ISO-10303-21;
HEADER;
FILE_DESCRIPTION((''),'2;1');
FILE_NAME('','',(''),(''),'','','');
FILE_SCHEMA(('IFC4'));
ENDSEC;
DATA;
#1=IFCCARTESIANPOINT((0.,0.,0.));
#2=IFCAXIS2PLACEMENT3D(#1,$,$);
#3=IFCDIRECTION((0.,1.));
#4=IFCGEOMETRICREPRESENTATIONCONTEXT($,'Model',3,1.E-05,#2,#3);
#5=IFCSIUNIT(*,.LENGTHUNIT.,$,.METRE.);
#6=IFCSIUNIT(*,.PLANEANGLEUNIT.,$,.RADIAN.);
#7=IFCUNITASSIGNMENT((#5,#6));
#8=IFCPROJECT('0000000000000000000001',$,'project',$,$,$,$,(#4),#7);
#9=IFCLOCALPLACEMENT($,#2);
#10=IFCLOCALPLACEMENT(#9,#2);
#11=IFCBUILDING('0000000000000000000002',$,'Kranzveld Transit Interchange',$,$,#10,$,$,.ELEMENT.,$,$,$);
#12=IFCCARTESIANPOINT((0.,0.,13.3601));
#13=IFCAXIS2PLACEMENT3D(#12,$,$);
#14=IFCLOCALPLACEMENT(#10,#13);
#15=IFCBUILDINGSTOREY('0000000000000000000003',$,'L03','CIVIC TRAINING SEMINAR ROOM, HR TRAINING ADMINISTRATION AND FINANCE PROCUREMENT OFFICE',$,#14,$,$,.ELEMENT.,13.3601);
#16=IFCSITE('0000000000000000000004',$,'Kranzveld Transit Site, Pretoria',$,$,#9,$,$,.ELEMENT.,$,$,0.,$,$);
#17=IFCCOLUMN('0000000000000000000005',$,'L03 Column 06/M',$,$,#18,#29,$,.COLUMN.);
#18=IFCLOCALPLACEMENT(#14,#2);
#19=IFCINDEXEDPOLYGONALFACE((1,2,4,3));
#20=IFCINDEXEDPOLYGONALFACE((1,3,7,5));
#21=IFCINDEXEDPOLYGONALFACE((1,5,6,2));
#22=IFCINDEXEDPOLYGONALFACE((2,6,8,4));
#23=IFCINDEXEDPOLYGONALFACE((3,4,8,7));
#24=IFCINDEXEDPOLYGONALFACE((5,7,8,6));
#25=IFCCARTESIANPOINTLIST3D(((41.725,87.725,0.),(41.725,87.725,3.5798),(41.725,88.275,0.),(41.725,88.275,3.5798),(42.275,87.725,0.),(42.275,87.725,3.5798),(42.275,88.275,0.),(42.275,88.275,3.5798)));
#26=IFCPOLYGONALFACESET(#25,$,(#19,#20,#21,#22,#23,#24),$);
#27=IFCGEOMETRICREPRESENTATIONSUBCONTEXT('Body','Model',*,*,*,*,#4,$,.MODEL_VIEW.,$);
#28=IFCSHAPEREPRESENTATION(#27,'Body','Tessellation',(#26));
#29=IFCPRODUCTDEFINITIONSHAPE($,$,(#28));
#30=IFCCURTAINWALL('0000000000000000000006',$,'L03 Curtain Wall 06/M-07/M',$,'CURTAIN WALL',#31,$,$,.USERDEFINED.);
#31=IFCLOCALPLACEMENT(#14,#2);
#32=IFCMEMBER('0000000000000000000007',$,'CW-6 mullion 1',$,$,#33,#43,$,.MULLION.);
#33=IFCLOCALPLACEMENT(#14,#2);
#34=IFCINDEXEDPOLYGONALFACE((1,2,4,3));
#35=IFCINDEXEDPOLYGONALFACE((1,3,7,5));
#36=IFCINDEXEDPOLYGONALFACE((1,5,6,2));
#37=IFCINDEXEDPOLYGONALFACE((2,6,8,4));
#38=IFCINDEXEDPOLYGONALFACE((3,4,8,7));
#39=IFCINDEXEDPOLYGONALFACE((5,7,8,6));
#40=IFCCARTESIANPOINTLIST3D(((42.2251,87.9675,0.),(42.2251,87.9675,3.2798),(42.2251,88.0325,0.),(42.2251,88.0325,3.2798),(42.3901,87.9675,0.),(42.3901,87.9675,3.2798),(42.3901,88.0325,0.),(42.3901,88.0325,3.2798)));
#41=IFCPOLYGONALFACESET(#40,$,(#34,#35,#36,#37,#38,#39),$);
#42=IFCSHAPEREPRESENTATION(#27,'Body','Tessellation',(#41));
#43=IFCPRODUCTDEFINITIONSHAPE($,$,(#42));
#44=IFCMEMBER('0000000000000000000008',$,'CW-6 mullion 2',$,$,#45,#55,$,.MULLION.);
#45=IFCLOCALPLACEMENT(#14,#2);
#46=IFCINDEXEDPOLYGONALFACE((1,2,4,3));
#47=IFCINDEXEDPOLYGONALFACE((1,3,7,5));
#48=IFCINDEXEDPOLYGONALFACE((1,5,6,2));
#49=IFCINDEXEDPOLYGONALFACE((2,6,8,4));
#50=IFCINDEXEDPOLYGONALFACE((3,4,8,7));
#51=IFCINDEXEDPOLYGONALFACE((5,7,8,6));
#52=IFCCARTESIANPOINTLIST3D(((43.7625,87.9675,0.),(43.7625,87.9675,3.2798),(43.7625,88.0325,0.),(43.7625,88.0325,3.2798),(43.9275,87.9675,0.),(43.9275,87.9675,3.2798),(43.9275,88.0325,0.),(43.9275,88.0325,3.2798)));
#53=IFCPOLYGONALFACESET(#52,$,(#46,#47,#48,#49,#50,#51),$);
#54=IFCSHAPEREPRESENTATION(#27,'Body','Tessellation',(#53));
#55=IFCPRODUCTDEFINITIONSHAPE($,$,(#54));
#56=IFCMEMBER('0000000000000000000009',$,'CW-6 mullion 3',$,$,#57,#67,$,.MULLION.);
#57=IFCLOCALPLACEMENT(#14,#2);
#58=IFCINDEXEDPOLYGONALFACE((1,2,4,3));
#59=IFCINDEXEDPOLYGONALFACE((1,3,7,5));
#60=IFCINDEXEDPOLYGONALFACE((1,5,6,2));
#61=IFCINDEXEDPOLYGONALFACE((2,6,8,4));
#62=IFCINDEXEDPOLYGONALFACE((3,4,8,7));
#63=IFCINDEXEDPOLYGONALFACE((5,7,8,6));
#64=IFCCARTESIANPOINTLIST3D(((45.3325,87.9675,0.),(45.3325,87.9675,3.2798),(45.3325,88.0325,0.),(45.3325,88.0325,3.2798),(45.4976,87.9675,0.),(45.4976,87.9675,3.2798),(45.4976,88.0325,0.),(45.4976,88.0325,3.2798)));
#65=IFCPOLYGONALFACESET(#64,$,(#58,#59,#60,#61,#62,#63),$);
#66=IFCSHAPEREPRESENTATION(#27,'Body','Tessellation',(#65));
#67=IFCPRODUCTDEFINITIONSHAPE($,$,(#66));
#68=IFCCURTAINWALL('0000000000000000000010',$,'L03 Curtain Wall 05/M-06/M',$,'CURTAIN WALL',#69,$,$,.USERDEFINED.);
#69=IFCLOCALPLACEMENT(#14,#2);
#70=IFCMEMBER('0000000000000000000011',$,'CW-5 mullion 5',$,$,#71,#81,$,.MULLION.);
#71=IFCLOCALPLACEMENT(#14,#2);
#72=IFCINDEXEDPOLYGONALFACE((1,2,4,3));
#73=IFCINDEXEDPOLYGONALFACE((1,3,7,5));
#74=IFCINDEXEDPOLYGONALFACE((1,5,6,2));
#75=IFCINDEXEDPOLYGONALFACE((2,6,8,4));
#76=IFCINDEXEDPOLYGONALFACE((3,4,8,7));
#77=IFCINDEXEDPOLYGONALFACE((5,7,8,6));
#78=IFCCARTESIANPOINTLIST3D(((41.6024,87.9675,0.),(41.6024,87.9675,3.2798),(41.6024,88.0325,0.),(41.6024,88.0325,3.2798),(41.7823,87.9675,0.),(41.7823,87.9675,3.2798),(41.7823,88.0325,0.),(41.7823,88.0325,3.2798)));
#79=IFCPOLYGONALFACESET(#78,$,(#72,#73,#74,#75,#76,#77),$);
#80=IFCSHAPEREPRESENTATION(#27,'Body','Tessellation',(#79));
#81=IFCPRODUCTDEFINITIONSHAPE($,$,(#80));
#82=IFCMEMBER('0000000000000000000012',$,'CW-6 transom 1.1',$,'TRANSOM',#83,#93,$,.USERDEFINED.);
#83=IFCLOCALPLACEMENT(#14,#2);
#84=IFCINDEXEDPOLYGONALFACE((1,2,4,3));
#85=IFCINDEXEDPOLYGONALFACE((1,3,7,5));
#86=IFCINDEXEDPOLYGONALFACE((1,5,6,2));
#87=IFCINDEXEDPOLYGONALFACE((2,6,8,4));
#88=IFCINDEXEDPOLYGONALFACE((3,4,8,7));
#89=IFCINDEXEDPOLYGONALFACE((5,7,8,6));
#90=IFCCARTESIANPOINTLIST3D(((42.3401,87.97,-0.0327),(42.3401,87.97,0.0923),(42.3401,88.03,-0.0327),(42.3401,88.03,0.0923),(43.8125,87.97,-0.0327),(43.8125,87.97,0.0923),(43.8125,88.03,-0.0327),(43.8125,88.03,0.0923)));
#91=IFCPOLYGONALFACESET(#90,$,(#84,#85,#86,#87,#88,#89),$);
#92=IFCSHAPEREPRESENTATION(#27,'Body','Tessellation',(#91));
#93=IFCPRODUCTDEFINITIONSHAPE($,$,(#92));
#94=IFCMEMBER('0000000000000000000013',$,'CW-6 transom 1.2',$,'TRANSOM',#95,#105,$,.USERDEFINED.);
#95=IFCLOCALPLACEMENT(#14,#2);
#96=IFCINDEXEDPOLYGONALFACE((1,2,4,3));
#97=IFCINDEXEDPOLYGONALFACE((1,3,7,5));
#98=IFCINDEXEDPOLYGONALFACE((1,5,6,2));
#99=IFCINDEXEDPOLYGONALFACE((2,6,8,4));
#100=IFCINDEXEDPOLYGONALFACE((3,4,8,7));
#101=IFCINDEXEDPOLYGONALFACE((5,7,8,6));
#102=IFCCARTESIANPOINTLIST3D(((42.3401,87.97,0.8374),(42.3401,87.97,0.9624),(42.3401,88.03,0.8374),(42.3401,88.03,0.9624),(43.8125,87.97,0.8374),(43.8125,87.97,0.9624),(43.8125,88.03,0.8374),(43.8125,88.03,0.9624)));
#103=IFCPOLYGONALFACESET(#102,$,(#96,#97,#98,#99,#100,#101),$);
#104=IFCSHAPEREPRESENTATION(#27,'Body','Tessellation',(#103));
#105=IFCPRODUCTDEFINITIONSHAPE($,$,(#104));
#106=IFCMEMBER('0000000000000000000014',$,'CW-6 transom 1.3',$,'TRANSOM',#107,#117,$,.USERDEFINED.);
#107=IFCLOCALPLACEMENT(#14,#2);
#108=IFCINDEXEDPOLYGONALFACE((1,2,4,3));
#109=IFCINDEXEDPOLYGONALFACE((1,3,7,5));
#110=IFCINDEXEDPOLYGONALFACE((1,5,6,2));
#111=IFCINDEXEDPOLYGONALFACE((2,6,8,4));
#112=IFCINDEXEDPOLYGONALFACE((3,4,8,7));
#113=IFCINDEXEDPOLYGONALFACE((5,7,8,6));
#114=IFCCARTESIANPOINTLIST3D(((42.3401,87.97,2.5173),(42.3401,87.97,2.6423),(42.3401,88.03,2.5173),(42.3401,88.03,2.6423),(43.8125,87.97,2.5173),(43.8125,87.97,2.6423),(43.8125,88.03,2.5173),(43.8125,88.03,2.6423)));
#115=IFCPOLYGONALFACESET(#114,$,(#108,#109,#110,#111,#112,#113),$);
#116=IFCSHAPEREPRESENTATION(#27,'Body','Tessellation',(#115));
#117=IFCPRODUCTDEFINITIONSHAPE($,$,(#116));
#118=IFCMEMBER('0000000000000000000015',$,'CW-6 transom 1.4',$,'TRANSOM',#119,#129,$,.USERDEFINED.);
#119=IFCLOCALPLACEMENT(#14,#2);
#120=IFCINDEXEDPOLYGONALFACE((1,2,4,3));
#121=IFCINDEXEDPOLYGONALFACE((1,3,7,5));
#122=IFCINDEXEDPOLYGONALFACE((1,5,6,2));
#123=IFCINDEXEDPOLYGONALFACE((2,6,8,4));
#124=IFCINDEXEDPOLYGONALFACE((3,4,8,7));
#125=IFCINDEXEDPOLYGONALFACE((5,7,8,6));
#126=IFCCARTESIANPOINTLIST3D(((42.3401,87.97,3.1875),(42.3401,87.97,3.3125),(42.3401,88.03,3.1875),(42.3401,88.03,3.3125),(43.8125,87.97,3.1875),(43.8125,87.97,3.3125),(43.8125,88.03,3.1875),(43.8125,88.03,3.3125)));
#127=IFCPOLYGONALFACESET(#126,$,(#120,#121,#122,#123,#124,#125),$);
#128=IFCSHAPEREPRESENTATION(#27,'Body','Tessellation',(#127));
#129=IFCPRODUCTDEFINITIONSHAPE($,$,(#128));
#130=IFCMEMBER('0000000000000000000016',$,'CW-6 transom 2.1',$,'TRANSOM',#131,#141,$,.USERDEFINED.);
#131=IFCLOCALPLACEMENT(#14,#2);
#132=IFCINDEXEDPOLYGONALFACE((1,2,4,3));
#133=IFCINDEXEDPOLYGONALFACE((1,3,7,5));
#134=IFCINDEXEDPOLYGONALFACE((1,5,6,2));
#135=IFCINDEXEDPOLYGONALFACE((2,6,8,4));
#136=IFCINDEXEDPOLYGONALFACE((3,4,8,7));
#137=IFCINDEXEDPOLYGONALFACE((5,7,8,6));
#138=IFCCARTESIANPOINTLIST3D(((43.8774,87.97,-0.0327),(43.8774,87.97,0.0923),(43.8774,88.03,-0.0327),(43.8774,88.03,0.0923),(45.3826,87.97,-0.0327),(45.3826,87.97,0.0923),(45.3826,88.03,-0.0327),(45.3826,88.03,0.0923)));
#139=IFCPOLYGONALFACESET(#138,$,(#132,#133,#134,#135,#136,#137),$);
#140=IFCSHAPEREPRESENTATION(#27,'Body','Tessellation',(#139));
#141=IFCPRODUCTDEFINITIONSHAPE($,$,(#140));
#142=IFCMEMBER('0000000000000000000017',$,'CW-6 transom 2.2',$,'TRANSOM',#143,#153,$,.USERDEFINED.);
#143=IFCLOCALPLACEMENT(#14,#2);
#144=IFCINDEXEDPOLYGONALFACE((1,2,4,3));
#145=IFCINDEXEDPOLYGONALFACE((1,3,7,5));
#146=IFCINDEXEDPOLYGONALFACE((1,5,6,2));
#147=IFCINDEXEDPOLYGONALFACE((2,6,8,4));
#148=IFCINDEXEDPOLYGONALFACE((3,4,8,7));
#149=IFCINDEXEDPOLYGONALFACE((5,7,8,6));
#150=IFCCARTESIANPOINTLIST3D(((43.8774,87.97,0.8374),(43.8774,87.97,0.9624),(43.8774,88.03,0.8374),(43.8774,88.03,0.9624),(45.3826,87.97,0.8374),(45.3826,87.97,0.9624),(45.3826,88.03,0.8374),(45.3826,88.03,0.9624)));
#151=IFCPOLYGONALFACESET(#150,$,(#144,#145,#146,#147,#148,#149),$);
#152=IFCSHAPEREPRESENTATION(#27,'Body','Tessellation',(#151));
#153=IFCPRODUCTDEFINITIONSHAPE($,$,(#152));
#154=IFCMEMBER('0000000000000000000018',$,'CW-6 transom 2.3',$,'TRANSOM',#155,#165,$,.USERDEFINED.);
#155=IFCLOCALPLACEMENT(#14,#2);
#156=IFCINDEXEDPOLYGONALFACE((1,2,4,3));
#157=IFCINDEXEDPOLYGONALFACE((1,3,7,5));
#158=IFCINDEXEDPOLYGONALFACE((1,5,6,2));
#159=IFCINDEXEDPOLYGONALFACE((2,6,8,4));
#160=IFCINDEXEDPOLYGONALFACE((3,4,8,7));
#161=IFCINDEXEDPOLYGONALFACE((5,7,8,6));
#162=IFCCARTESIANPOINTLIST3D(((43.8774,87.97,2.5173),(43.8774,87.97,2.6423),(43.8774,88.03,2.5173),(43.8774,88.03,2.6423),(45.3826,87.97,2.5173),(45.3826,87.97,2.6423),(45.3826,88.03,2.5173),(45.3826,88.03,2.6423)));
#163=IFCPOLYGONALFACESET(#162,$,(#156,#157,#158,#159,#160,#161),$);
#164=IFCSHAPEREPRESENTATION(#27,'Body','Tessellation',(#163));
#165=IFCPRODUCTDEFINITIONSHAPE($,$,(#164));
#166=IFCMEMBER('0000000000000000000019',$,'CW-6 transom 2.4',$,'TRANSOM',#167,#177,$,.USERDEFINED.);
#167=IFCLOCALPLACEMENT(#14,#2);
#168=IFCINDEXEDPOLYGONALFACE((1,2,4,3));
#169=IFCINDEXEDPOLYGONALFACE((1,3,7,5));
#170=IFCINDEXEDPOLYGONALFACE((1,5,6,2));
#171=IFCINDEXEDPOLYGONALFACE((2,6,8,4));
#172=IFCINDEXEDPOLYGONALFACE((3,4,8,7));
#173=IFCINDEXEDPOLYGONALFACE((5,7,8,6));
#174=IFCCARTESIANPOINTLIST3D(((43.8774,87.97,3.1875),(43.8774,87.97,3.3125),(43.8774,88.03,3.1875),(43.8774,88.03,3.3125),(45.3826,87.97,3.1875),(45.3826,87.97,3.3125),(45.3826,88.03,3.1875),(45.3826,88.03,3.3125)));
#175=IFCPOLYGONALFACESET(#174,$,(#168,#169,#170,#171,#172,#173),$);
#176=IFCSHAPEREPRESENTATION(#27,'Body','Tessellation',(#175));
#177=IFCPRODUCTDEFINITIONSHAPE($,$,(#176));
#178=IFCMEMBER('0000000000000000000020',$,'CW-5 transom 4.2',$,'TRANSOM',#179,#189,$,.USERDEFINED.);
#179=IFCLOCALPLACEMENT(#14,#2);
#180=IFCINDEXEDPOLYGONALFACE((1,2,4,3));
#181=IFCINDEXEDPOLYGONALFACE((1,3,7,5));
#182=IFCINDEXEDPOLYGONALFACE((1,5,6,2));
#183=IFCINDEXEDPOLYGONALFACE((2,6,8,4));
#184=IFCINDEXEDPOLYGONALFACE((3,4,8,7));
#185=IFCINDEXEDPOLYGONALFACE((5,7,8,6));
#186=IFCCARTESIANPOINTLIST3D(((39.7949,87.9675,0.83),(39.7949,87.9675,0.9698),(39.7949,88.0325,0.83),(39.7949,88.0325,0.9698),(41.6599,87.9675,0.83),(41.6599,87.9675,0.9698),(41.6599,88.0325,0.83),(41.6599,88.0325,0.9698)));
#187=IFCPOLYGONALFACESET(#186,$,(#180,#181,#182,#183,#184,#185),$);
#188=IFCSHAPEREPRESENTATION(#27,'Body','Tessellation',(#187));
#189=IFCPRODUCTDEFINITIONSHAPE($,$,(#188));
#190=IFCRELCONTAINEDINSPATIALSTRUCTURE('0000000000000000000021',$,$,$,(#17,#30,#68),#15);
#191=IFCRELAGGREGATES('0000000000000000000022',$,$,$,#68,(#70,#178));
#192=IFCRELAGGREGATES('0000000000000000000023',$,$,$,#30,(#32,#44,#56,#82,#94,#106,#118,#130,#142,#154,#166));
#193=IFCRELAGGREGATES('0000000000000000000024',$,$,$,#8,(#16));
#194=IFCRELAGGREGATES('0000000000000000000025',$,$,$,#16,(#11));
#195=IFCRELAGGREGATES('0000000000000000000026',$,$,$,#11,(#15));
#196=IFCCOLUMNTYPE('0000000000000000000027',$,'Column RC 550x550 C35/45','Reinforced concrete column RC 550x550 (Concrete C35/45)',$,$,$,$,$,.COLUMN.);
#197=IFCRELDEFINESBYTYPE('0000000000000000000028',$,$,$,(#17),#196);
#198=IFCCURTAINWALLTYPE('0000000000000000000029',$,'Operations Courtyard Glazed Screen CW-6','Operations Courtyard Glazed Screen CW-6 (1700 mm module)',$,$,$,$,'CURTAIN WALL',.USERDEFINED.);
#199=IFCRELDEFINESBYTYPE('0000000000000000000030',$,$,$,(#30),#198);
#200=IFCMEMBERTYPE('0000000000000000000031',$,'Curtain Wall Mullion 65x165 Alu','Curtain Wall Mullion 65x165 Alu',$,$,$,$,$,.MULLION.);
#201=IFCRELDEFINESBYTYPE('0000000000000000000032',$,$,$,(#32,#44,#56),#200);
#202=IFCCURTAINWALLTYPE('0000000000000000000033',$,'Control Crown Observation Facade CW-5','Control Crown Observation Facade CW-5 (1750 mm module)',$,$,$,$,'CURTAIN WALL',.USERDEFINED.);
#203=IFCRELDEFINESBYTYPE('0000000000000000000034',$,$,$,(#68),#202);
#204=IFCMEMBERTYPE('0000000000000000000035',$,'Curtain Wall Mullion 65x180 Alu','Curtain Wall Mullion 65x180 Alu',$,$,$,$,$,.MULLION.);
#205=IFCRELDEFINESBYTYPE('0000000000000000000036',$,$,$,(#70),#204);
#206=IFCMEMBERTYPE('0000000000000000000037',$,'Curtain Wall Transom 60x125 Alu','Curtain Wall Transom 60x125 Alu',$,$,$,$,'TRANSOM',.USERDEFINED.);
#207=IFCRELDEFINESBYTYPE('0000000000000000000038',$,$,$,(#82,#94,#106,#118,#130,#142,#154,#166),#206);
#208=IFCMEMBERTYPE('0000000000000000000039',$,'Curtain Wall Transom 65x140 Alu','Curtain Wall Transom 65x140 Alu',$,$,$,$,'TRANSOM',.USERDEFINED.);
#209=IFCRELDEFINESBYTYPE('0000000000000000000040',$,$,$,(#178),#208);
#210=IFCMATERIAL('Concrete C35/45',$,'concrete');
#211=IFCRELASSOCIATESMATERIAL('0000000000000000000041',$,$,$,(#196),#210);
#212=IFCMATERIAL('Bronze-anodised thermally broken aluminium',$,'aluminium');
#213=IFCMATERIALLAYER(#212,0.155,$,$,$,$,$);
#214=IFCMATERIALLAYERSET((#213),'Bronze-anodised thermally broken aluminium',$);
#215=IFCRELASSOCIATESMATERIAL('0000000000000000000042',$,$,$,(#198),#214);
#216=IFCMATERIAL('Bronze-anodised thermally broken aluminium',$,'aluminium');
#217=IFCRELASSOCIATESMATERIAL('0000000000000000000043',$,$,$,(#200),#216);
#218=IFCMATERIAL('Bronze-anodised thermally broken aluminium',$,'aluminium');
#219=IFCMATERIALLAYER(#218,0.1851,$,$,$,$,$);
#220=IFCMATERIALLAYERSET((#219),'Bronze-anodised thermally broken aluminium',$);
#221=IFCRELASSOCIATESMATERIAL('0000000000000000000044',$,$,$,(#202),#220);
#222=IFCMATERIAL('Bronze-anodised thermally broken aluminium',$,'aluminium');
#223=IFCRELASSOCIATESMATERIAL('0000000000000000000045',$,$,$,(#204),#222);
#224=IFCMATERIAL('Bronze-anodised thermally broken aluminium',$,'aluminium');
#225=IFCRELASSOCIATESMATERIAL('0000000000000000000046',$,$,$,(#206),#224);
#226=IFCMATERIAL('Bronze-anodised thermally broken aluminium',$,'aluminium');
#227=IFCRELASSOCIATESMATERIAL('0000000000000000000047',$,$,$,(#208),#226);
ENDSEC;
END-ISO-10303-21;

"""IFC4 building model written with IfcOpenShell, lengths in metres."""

from ifc_helpers import new_model, si_unit, direction, frame, origin, origin_2d, place, context, subcontext, project, spatial, rectangle, extrude, material, layer, layer_set, material_profile, profile_set, type_object, element, aggregate, save


model = new_model("IFC4")

# Units and contexts
model_context = context("Model", 3, precision=1e-05, world=origin(), true_north=direction((0.0, 1.0)))
body_context = subcontext(model_context, "Body", "Model", "MODEL_VIEW")
ifc_project = project(units=[si_unit("LENGTHUNIT", "METRE"), si_unit("PLANEANGLEUNIT", "RADIAN")], contexts=[model_context])

# Site, building, storey
site_placement = place(None, origin())
site = spatial("IfcSite", under=ifc_project, at=site_placement, Name="Kranzveld Transit Site, Pretoria", CompositionType="ELEMENT", RefElevation=0.0)
building_placement = place(site_placement, origin())
building = spatial("IfcBuilding", under=site, at=building_placement, Name="Kranzveld Transit Interchange", CompositionType="ELEMENT")
storey_placement = place(building_placement, frame((0.0, 0.0, 13.3601)))
storey = spatial("IfcBuildingStorey", under=building, at=storey_placement, Name="L03", Description="CIVIC TRAINING SEMINAR ROOM, HR TRAINING ADMINISTRATION AND FINANCE PROCUREMENT OFFICE", CompositionType="ELEMENT", Elevation=13.3601)

# Column
ifc_material_1 = material(Name="Concrete C35/45", Category="concrete")
ifc_material_profile_1 = material_profile(ifc_material_1, rectangle(XDim=0.55, YDim=0.55, at=origin_2d()), Name="RC 550x550")
ifc_profile_set_1 = profile_set([ifc_material_profile_1], Name="Concrete C35/45")
column_type = type_object("IfcColumnType", Name="Column RC 550x550 C35/45", Description="Reinforced concrete column RC 550x550 (Concrete C35/45)", PredefinedType="COLUMN", material=ifc_profile_set_1)
column_placement = place(storey_placement, frame((42.0, 88.0, 0.0), z_axis=(0.0, 0.0, 1.0), x_axis=(1.0, 0.0, 0.0)))
element("IfcColumn", 1, at=column_placement, inside=storey, type_object=column_type, Name="L03 Column 06/M", PredefinedType="COLUMN", context=body_context, shape_type="SweptSolid", body=[
    extrude(rectangle(XDim=0.55, YDim=0.55, at=origin_2d()), origin(), (0.0, 0.0, 1.0), 3.5798),
])

# Curtain wall, members
ifc_material_2 = material(Name="Bronze-anodised thermally broken aluminium", Category="aluminium")
ifc_layer_1 = layer(ifc_material_2, 0.155)
ifc_layer_set_1 = layer_set([ifc_layer_1], Name="Bronze-anodised thermally broken aluminium")
curtain_wall_type_1 = type_object("IfcCurtainWallType", Name="Operations Courtyard Glazed Screen CW-6", Description="Operations Courtyard Glazed Screen CW-6 (1700 mm module)", ElementType="CURTAIN WALL", PredefinedType="USERDEFINED", material=ifc_layer_set_1)
curtain_wall_1_placement = place(storey_placement, origin())
curtain_wall_1 = element("IfcCurtainWall", 2, at=curtain_wall_1_placement, inside=storey, type_object=curtain_wall_type_1, Name="L03 Curtain Wall 06/M-07/M", ObjectType="CURTAIN WALL", PredefinedType="USERDEFINED")
ifc_material_3 = material(Name="Bronze-anodised thermally broken aluminium", Category="aluminium")
ifc_material_profile_2 = material_profile(ifc_material_3, rectangle(XDim=0.0649, YDim=0.165, at=origin_2d()), Name="ALU MULLION 65x165")
ifc_profile_set_2 = profile_set([ifc_material_profile_2], Name="Bronze-anodised thermally broken aluminium")
member_type_1 = type_object("IfcMemberType", Name="Curtain Wall Mullion 65x165 Alu", Description="Curtain Wall Mullion 65x165 Alu", PredefinedType="MULLION", material=ifc_profile_set_2)
member_1_placement = place(storey_placement, frame((42.3076, 88.0, 0.0), z_axis=(0.0, 0.0, 1.0), x_axis=(0.0, 1.0, 0.0)))
member_1 = element("IfcMember", 3, at=member_1_placement, type_object=member_type_1, Name="CW-6 mullion 1", PredefinedType="MULLION", context=body_context, shape_type="SweptSolid", body=[
    extrude(rectangle(XDim=0.0649, YDim=0.165, at=origin_2d()), origin(), (0.0, 0.0, 1.0), 3.2798),
])
member_2_placement = place(storey_placement, frame((43.845, 88.0, 0.0), z_axis=(0.0, 0.0, 1.0), x_axis=(0.0, 1.0, 0.0)))
member_2 = element("IfcMember", 4, at=member_2_placement, type_object=member_type_1, Name="CW-6 mullion 2", PredefinedType="MULLION", context=body_context, shape_type="SweptSolid", body=[
    extrude(rectangle(XDim=0.0649, YDim=0.165, at=origin_2d()), origin(), (0.0, 0.0, 1.0), 3.2798),
])
member_3_placement = place(storey_placement, frame((45.415, 88.0, 0.0), z_axis=(0.0, 0.0, 1.0), x_axis=(0.0, 1.0, 0.0)))
member_3 = element("IfcMember", 5, at=member_3_placement, type_object=member_type_1, Name="CW-6 mullion 3", PredefinedType="MULLION", context=body_context, shape_type="SweptSolid", body=[
    extrude(rectangle(XDim=0.0649, YDim=0.165, at=origin_2d()), origin(), (0.0, 0.0, 1.0), 3.2798),
])

# Curtain wall, member
ifc_material_4 = material(Name="Bronze-anodised thermally broken aluminium", Category="aluminium")
ifc_layer_2 = layer(ifc_material_4, 0.1851)
ifc_layer_set_2 = layer_set([ifc_layer_2], Name="Bronze-anodised thermally broken aluminium")
curtain_wall_type_2 = type_object("IfcCurtainWallType", Name="Control Crown Observation Facade CW-5", Description="Control Crown Observation Facade CW-5 (1750 mm module)", ElementType="CURTAIN WALL", PredefinedType="USERDEFINED", material=ifc_layer_set_2)
curtain_wall_2_placement = place(storey_placement, origin())
curtain_wall_2 = element("IfcCurtainWall", 6, at=curtain_wall_2_placement, inside=storey, type_object=curtain_wall_type_2, Name="L03 Curtain Wall 05/M-06/M", ObjectType="CURTAIN WALL", PredefinedType="USERDEFINED")
ifc_material_5 = material(Name="Bronze-anodised thermally broken aluminium", Category="aluminium")
ifc_material_profile_3 = material_profile(ifc_material_5, rectangle(XDim=0.0649, YDim=0.1799, at=origin_2d()), Name="ALU MULLION 65x180")
ifc_profile_set_3 = profile_set([ifc_material_profile_3], Name="Bronze-anodised thermally broken aluminium")
member_type_2 = type_object("IfcMemberType", Name="Curtain Wall Mullion 65x180 Alu", Description="Curtain Wall Mullion 65x180 Alu", PredefinedType="MULLION", material=ifc_profile_set_3)
member_4_placement = place(storey_placement, frame((41.6924, 88.0, 0.0), z_axis=(0.0, 0.0, 1.0), x_axis=(0.0, 1.0, 0.0)))
member_4 = element("IfcMember", 7, at=member_4_placement, type_object=member_type_2, Name="CW-5 mullion 5", PredefinedType="MULLION", context=body_context, shape_type="SweptSolid", body=[
    extrude(rectangle(XDim=0.0649, YDim=0.1799, at=origin_2d()), origin(), (0.0, 0.0, 1.0), 3.2798),
])

# Members
ifc_material_6 = material(Name="Bronze-anodised thermally broken aluminium", Category="aluminium")
ifc_material_profile_4 = material_profile(ifc_material_6, rectangle(XDim=0.0601, YDim=0.125, at=origin_2d()), Name="ALU TRANSOM 60x125")
ifc_profile_set_4 = profile_set([ifc_material_profile_4], Name="Bronze-anodised thermally broken aluminium")
member_type_3 = type_object("IfcMemberType", Name="Curtain Wall Transom 60x125 Alu", Description="Curtain Wall Transom 60x125 Alu", ElementType="TRANSOM", PredefinedType="USERDEFINED", material=ifc_profile_set_4)
member_5_placement = place(storey_placement, frame((42.3401, 88.0, 0.0298), z_axis=(1.0, 0.0, 0.0), x_axis=(0.0, 1.0, 0.0)))
member_5 = element("IfcMember", 8, at=member_5_placement, type_object=member_type_3, Name="CW-6 transom 1.1", ObjectType="TRANSOM", PredefinedType="USERDEFINED", context=body_context, shape_type="SweptSolid", body=[
    extrude(rectangle(XDim=0.0601, YDim=0.125, at=origin_2d()), origin(), (0.0, 0.0, 1.0), 1.4724),
])
member_6_placement = place(storey_placement, frame((42.3401, 88.0, 0.8999), z_axis=(1.0, 0.0, 0.0), x_axis=(0.0, 1.0, 0.0)))
member_6 = element("IfcMember", 9, at=member_6_placement, type_object=member_type_3, Name="CW-6 transom 1.2", ObjectType="TRANSOM", PredefinedType="USERDEFINED", context=body_context, shape_type="SweptSolid", body=[
    extrude(rectangle(XDim=0.0601, YDim=0.125, at=origin_2d()), origin(), (0.0, 0.0, 1.0), 1.4724),
])
member_7_placement = place(storey_placement, frame((42.3401, 88.0, 2.5798), z_axis=(1.0, 0.0, 0.0), x_axis=(0.0, 1.0, 0.0)))
member_7 = element("IfcMember", 10, at=member_7_placement, type_object=member_type_3, Name="CW-6 transom 1.3", ObjectType="TRANSOM", PredefinedType="USERDEFINED", context=body_context, shape_type="SweptSolid", body=[
    extrude(rectangle(XDim=0.0601, YDim=0.125, at=origin_2d()), origin(), (0.0, 0.0, 1.0), 1.4724),
])
member_8_placement = place(storey_placement, frame((42.3401, 88.0, 3.25), z_axis=(1.0, 0.0, 0.0), x_axis=(0.0, 1.0, 0.0)))
member_8 = element("IfcMember", 11, at=member_8_placement, type_object=member_type_3, Name="CW-6 transom 1.4", ObjectType="TRANSOM", PredefinedType="USERDEFINED", context=body_context, shape_type="SweptSolid", body=[
    extrude(rectangle(XDim=0.0601, YDim=0.125, at=origin_2d()), origin(), (0.0, 0.0, 1.0), 1.4724),
])
member_9_placement = place(storey_placement, frame((43.8774, 88.0, 0.0298), z_axis=(1.0, 0.0, 0.0), x_axis=(0.0, 1.0, 0.0)))
member_9 = element("IfcMember", 12, at=member_9_placement, type_object=member_type_3, Name="CW-6 transom 2.1", ObjectType="TRANSOM", PredefinedType="USERDEFINED", context=body_context, shape_type="SweptSolid", body=[
    extrude(rectangle(XDim=0.0601, YDim=0.125, at=origin_2d()), origin(), (0.0, 0.0, 1.0), 1.5051),
])
member_10_placement = place(storey_placement, frame((43.8774, 88.0, 0.8999), z_axis=(1.0, 0.0, 0.0), x_axis=(0.0, 1.0, 0.0)))
member_10 = element("IfcMember", 13, at=member_10_placement, type_object=member_type_3, Name="CW-6 transom 2.2", ObjectType="TRANSOM", PredefinedType="USERDEFINED", context=body_context, shape_type="SweptSolid", body=[
    extrude(rectangle(XDim=0.0601, YDim=0.125, at=origin_2d()), origin(), (0.0, 0.0, 1.0), 1.5051),
])
member_11_placement = place(storey_placement, frame((43.8774, 88.0, 2.5798), z_axis=(1.0, 0.0, 0.0), x_axis=(0.0, 1.0, 0.0)))
member_11 = element("IfcMember", 14, at=member_11_placement, type_object=member_type_3, Name="CW-6 transom 2.3", ObjectType="TRANSOM", PredefinedType="USERDEFINED", context=body_context, shape_type="SweptSolid", body=[
    extrude(rectangle(XDim=0.0601, YDim=0.125, at=origin_2d()), origin(), (0.0, 0.0, 1.0), 1.5051),
])
member_12_placement = place(storey_placement, frame((43.8774, 88.0, 3.25), z_axis=(1.0, 0.0, 0.0), x_axis=(0.0, 1.0, 0.0)))
member_12 = element("IfcMember", 15, at=member_12_placement, type_object=member_type_3, Name="CW-6 transom 2.4", ObjectType="TRANSOM", PredefinedType="USERDEFINED", context=body_context, shape_type="SweptSolid", body=[
    extrude(rectangle(XDim=0.0601, YDim=0.125, at=origin_2d()), origin(), (0.0, 0.0, 1.0), 1.5051),
])
ifc_material_7 = material(Name="Bronze-anodised thermally broken aluminium", Category="aluminium")
ifc_material_profile_5 = material_profile(ifc_material_7, rectangle(XDim=0.0649, YDim=0.1399, at=origin_2d()), Name="ALU TRANSOM 65x140")
ifc_profile_set_5 = profile_set([ifc_material_profile_5], Name="Bronze-anodised thermally broken aluminium")
member_type_4 = type_object("IfcMemberType", Name="Curtain Wall Transom 65x140 Alu", Description="Curtain Wall Transom 65x140 Alu", ElementType="TRANSOM", PredefinedType="USERDEFINED", material=ifc_profile_set_5)
member_13_placement = place(storey_placement, frame((39.7949, 88.0, 0.8999), z_axis=(1.0, 0.0, 0.0), x_axis=(0.0, 1.0, 0.0)))
member_13 = element("IfcMember", 16, at=member_13_placement, type_object=member_type_4, Name="CW-5 transom 4.2", ObjectType="TRANSOM", PredefinedType="USERDEFINED", context=body_context, shape_type="SweptSolid", body=[
    extrude(rectangle(XDim=0.0649, YDim=0.1399, at=origin_2d()), origin(), (0.0, 0.0, 1.0), 1.865),
])

aggregate(curtain_wall_2, [member_4, member_13])
aggregate(curtain_wall_1, [member_1, member_2, member_3, member_5, member_6, member_7, member_8, member_9, member_10, member_11, member_12])

save(model, "model.ifc")
